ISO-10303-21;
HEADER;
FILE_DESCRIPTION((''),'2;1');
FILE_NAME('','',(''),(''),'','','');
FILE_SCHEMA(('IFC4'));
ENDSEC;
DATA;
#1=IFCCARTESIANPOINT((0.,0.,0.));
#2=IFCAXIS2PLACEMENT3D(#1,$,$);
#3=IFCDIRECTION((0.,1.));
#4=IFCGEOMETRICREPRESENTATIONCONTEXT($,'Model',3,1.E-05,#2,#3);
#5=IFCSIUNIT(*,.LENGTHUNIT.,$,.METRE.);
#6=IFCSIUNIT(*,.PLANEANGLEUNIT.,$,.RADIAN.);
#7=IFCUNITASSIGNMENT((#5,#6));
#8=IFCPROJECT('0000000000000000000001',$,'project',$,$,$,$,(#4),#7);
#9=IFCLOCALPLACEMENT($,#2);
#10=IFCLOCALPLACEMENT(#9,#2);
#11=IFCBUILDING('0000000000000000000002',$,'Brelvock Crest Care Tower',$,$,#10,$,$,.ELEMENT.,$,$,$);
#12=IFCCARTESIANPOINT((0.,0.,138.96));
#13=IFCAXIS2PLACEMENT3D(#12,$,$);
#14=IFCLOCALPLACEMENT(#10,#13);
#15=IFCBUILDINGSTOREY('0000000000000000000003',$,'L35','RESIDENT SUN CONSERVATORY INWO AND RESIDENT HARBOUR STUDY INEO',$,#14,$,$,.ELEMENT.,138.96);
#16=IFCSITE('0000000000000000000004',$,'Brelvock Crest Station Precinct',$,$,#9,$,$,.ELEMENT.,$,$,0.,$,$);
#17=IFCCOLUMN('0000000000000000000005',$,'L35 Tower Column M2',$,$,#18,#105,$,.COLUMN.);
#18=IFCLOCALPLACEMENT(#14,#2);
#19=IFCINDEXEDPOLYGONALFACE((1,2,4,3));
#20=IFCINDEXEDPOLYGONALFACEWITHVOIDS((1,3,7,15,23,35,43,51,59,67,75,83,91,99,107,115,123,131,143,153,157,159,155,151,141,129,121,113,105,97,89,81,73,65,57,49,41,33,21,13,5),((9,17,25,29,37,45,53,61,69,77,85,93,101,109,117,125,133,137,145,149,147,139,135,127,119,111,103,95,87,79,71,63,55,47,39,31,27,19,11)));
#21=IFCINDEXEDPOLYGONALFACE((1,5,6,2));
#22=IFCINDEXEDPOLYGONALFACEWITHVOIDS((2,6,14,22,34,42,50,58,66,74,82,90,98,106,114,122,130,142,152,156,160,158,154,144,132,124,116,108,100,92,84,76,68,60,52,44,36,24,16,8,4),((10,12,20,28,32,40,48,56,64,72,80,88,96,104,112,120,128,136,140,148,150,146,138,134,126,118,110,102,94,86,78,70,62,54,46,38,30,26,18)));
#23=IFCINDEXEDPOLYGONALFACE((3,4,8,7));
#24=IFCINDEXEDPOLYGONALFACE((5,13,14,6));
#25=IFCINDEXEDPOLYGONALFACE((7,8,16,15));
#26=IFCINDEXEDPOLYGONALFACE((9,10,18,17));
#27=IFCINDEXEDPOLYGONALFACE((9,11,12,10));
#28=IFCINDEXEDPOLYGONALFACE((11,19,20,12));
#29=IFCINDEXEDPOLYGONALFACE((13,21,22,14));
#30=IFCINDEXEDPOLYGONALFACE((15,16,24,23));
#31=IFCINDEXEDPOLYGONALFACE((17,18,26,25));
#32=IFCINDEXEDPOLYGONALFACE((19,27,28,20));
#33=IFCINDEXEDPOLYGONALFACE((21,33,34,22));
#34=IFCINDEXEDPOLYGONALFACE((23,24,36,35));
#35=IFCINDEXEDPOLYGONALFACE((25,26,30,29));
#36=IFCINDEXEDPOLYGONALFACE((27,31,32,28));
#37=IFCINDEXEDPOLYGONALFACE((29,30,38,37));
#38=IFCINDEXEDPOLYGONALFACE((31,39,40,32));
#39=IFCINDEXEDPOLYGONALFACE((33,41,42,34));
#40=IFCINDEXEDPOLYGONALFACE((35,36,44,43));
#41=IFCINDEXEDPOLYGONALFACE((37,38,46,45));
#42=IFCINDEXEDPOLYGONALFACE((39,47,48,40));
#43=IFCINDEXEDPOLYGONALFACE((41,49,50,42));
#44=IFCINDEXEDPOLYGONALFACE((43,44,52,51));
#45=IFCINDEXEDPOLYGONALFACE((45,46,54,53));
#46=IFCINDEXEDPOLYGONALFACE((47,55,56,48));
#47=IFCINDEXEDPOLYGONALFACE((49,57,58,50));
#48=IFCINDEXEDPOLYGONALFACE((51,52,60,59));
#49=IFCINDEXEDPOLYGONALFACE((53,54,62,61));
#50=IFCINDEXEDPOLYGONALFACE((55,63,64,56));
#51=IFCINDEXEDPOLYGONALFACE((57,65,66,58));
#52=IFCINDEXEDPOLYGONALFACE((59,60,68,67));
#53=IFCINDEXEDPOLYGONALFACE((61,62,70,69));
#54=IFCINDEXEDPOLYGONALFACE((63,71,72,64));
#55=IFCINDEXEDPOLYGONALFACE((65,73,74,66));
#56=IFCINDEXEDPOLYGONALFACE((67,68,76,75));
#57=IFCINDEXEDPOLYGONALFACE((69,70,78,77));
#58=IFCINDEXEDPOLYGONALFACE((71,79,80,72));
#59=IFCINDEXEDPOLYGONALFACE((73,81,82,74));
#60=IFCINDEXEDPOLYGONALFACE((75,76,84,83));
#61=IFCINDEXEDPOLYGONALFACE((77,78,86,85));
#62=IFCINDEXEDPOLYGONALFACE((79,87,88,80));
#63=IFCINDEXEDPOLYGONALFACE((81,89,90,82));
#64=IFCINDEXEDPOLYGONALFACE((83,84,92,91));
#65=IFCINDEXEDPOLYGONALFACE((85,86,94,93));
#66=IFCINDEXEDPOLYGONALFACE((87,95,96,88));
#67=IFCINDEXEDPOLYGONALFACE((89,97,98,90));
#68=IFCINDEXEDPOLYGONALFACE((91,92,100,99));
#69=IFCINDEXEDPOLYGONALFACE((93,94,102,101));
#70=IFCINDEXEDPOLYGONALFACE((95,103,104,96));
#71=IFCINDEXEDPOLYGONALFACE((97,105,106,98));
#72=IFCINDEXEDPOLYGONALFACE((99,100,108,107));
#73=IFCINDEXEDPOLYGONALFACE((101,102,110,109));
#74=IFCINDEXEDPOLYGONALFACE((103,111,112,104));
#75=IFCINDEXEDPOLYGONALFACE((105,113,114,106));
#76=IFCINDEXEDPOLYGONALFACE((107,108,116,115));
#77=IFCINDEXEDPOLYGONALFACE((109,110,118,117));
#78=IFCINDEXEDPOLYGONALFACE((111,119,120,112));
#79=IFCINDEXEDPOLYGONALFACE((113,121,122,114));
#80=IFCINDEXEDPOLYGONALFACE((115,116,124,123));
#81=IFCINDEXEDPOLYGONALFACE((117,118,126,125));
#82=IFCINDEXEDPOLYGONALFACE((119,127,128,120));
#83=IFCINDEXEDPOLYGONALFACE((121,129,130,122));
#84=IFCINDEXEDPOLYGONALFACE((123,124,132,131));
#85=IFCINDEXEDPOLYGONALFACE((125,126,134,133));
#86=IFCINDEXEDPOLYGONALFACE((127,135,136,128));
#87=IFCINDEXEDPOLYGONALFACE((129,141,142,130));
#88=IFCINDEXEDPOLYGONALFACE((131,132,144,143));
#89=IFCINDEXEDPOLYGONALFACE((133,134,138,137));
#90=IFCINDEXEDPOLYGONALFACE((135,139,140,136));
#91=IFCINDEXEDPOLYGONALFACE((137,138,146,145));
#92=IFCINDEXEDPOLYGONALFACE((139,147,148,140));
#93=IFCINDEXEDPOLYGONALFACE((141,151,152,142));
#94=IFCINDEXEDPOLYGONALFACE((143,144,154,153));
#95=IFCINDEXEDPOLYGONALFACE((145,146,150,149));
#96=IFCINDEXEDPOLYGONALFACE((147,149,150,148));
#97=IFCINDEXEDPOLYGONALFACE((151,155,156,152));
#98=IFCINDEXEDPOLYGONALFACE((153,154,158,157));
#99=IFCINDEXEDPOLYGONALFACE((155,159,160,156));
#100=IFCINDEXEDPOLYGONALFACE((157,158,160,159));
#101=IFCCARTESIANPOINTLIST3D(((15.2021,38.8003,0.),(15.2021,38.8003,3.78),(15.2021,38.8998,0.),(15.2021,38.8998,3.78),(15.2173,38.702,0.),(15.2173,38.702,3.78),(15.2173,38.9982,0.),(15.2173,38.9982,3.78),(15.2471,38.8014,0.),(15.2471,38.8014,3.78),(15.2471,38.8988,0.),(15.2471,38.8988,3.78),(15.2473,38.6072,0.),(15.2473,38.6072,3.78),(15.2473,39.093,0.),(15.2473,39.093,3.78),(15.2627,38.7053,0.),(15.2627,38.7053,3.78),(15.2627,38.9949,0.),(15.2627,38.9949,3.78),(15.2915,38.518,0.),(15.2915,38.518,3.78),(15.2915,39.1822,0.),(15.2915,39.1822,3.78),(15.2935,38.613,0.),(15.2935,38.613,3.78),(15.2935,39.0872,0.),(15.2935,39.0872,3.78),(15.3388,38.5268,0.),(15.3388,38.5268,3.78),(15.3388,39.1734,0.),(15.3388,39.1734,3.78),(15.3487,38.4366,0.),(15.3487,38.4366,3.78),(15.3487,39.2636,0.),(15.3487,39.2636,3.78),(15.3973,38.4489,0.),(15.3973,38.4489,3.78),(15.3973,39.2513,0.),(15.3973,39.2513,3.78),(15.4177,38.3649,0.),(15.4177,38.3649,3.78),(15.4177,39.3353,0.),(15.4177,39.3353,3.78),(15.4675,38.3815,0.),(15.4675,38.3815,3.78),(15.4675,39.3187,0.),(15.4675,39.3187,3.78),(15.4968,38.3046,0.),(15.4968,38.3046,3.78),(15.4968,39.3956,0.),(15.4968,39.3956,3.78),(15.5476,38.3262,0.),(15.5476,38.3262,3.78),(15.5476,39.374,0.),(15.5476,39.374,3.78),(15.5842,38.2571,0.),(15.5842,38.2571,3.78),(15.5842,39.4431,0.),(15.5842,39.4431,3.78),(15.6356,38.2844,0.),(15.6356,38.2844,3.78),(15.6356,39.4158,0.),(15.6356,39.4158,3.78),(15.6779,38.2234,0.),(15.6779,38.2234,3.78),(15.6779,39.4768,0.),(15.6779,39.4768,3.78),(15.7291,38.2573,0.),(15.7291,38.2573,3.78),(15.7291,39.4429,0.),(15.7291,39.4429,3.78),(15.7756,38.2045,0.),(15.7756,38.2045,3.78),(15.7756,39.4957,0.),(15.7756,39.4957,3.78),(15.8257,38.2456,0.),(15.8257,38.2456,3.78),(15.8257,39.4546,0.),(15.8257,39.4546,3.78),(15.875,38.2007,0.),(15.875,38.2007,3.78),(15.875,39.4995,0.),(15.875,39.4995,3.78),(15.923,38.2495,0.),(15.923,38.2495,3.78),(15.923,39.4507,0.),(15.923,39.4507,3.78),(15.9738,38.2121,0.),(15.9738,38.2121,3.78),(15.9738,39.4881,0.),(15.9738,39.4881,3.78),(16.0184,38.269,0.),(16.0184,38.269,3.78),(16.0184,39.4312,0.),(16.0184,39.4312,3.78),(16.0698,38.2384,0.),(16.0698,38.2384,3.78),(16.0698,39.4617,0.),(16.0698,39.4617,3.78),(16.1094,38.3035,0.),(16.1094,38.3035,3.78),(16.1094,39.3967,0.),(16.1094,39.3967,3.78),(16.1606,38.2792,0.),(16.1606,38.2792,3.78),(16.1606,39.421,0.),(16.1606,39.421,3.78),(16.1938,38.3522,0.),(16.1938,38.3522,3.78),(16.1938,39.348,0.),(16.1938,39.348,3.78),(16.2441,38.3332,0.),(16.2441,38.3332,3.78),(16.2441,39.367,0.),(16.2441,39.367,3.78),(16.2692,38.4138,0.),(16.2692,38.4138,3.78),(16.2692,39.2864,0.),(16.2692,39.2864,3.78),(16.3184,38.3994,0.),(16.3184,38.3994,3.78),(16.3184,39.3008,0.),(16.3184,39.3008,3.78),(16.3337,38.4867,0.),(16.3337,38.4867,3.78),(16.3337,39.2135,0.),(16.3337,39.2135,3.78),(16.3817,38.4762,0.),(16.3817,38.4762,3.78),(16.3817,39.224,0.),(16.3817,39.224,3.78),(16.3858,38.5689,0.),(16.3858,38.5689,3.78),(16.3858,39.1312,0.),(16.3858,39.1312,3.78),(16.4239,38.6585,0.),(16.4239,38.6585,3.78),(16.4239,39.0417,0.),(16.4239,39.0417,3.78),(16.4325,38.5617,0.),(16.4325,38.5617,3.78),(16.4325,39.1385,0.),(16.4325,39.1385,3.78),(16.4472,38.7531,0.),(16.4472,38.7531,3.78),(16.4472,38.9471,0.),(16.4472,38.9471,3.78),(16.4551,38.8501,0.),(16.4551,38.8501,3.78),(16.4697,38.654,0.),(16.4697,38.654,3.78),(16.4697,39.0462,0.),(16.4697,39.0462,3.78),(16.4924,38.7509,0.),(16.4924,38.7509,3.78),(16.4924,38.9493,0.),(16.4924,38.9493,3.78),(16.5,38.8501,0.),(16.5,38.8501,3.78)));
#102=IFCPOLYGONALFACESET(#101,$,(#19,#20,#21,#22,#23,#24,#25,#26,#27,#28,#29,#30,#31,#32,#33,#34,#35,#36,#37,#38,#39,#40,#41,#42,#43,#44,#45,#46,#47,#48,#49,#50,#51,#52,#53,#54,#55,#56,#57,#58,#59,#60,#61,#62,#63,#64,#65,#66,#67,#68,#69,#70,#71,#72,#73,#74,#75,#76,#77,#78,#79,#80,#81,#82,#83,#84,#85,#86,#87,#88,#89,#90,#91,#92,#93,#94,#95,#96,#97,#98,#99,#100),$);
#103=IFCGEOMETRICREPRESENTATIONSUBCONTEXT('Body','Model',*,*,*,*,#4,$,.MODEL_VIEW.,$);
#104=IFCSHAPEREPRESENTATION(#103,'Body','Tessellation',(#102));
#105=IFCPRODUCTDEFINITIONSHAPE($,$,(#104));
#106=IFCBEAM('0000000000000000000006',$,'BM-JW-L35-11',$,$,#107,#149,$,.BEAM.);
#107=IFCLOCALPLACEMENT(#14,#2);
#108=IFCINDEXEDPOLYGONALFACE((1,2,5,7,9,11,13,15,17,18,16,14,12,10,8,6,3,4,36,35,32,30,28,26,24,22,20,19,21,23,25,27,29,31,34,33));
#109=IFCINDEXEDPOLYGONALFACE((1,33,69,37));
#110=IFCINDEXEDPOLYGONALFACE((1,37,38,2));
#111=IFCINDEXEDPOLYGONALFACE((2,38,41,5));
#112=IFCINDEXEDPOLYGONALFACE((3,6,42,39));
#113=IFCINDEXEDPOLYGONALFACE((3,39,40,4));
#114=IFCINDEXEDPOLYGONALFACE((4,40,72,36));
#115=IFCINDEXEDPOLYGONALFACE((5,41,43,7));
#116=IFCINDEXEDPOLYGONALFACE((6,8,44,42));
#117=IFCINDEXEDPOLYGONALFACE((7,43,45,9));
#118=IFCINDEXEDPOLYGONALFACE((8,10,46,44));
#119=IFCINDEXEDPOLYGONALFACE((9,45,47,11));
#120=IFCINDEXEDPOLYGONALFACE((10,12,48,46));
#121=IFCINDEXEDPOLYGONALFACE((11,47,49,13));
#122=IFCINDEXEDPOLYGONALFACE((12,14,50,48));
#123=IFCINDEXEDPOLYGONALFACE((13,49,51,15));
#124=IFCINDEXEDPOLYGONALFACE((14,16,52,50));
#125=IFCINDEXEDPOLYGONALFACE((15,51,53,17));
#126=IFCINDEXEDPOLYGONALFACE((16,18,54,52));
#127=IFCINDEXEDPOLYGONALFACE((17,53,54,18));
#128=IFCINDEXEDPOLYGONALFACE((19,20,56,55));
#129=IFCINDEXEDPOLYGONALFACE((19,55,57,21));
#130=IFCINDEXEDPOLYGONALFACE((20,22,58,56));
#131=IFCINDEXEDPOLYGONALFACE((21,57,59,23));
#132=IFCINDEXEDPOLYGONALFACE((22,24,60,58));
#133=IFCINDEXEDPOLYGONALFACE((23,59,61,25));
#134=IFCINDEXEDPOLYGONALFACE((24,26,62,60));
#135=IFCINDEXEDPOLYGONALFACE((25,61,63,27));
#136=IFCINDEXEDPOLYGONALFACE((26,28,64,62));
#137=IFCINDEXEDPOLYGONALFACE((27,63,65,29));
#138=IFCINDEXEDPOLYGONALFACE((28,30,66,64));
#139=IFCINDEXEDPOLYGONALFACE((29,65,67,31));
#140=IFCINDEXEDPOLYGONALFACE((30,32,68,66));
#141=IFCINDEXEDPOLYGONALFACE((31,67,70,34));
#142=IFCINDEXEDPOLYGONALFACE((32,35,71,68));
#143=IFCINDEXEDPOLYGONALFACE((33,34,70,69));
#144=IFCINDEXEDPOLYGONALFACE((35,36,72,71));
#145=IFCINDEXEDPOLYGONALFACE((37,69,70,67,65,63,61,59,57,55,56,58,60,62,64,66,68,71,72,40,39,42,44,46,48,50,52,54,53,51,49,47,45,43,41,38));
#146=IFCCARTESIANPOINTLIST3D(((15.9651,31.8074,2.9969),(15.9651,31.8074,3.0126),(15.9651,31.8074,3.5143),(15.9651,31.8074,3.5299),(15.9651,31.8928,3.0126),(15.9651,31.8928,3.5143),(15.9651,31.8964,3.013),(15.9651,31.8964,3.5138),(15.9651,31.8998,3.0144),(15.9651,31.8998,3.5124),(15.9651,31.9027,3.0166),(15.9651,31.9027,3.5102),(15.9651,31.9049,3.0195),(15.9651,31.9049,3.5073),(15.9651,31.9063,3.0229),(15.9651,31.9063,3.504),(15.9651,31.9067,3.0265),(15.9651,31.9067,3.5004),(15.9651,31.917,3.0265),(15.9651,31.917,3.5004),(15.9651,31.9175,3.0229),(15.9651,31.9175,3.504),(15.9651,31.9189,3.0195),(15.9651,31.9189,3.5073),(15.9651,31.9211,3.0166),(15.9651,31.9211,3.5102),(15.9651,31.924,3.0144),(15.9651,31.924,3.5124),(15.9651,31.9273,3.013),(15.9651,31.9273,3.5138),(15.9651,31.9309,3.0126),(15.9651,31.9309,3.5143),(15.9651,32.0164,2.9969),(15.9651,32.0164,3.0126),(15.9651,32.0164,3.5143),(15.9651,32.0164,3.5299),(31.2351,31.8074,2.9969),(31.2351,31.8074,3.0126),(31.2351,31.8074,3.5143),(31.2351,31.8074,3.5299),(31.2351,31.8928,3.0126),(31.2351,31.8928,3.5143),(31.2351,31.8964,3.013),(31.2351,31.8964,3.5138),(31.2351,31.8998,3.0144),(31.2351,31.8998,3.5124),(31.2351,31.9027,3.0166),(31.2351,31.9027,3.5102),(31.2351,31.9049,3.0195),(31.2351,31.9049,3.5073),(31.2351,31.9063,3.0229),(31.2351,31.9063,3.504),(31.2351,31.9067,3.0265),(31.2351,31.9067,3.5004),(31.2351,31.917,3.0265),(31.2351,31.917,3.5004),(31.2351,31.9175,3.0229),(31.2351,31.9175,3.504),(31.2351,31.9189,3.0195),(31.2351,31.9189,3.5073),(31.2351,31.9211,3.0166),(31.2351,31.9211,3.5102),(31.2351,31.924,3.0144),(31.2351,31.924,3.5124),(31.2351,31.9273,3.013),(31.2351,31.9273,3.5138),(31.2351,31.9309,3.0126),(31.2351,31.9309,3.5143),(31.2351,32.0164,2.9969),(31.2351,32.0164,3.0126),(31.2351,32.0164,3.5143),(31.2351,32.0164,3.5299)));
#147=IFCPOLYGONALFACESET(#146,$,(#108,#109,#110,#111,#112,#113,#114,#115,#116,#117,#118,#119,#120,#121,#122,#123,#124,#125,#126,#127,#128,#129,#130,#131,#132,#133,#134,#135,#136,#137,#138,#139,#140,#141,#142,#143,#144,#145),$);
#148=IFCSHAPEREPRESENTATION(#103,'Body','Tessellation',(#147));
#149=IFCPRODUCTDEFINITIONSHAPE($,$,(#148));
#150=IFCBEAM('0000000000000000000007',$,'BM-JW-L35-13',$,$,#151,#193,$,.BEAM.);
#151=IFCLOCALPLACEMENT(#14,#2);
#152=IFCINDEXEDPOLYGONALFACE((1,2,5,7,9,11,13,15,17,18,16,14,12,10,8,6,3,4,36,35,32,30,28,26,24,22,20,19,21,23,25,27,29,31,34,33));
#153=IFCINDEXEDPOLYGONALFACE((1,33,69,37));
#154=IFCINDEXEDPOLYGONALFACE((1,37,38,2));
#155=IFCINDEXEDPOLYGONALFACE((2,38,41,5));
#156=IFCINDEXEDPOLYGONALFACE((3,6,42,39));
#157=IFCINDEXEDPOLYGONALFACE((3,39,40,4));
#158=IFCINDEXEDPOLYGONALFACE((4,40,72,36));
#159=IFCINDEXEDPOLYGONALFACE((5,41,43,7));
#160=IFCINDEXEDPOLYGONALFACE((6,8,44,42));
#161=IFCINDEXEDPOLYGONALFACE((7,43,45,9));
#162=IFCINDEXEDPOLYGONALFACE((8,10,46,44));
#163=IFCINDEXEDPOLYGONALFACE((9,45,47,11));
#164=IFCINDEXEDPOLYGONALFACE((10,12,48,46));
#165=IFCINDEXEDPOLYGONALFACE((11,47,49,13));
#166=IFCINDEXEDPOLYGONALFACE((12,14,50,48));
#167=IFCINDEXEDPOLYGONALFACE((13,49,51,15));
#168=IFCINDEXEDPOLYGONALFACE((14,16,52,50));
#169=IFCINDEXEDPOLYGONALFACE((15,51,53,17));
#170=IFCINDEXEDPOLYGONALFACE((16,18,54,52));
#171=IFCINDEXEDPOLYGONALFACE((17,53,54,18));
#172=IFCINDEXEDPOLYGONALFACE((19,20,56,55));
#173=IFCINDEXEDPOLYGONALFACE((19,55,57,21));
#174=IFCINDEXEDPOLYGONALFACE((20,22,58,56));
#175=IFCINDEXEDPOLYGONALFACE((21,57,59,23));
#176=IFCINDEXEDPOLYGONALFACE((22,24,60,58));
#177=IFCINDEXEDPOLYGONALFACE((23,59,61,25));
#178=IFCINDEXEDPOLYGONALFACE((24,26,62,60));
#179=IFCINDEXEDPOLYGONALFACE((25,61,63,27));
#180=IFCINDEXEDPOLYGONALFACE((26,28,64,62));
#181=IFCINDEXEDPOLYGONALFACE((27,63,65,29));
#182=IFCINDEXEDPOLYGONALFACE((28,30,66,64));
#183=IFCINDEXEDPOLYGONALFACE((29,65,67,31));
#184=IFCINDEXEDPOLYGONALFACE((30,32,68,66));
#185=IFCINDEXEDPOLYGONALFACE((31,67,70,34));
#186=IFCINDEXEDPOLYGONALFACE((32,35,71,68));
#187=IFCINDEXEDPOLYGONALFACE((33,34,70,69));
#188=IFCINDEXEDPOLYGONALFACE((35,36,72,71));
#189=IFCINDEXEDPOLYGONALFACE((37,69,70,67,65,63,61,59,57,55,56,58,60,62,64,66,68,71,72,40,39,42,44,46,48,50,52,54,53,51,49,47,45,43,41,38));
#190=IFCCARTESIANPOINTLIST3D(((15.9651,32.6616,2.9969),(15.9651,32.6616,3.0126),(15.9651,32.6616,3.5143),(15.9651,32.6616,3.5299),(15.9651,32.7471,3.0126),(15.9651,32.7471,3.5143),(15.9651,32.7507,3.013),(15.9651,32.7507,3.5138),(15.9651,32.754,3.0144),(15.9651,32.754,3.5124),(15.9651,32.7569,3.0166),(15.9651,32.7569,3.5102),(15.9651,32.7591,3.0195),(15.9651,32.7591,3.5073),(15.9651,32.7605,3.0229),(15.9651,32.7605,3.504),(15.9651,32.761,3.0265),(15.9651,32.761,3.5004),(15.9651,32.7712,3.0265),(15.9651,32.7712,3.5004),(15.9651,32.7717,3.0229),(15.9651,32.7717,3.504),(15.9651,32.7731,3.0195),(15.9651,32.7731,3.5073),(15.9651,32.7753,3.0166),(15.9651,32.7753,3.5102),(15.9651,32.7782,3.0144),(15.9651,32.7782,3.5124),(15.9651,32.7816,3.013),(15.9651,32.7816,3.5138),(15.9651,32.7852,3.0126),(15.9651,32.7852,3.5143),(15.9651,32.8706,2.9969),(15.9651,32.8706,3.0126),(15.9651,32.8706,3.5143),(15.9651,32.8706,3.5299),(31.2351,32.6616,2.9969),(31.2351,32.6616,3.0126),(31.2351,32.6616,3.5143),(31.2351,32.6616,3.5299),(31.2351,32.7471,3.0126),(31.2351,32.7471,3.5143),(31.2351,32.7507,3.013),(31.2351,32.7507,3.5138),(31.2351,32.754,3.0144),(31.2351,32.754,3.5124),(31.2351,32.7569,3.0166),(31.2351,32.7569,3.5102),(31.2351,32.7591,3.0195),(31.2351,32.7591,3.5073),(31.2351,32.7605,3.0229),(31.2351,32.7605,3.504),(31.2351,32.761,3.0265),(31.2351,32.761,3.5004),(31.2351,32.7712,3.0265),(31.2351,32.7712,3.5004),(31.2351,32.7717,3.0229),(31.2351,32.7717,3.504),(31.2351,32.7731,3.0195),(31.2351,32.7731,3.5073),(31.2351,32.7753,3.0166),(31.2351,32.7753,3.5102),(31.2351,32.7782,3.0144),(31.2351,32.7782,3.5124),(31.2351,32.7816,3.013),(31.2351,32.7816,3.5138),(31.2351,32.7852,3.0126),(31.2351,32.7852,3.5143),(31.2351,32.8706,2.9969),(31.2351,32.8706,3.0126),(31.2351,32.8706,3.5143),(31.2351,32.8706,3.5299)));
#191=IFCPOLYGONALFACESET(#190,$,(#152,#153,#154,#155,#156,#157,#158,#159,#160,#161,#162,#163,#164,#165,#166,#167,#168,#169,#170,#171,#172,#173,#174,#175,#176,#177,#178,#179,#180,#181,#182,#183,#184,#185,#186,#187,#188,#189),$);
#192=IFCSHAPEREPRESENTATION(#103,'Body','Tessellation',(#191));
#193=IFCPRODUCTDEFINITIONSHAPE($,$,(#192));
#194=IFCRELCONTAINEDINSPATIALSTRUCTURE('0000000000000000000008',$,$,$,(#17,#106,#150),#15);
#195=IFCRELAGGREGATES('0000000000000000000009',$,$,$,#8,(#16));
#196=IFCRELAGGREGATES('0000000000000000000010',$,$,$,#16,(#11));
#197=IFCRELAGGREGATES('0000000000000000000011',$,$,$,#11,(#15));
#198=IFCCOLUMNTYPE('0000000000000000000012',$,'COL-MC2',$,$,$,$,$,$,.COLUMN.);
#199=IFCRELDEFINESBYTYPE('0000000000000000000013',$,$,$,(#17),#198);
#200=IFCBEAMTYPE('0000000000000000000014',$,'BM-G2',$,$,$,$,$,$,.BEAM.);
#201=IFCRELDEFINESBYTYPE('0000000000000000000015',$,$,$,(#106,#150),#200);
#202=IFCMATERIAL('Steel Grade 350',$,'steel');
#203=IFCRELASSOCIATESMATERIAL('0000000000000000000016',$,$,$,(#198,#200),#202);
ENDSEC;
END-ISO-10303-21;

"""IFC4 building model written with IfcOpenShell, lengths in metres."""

from ifc_helpers import new_model, si_unit, direction, frame, origin, origin_2d, place, context, subcontext, project, spatial, hollow_circle, i_section, extrude, source, transform, mapped, material, material_profile, profile_set, type_object, element, save


model = new_model("IFC4")

# Units and contexts
model_context = context("Model", 3, precision=1e-05, world=origin(), true_north=direction((0.0, 1.0)))
body_context = subcontext(model_context, "Body", "Model", "MODEL_VIEW")
ifc_project = project(units=[si_unit("LENGTHUNIT", "METRE"), si_unit("PLANEANGLEUNIT", "RADIAN")], contexts=[model_context])

# Site, building, storey
site_placement = place(None, origin())
site = spatial("IfcSite", under=ifc_project, at=site_placement, Name="Brelvock Crest Station Precinct", CompositionType="ELEMENT", RefElevation=0.0)
building_placement = place(site_placement, origin())
building = spatial("IfcBuilding", under=site, at=building_placement, Name="Brelvock Crest Care Tower", CompositionType="ELEMENT")
storey_placement = place(building_placement, frame((0.0, 0.0, 138.96)))
storey = spatial("IfcBuildingStorey", under=building, at=storey_placement, Name="L35", Description="RESIDENT SUN CONSERVATORY INWO AND RESIDENT HARBOUR STUDY INEO", CompositionType="ELEMENT", Elevation=138.96)

# Column
ifc_material_1 = material(Name="Steel Grade 350", Category="steel")
ifc_material_profile_1 = material_profile(ifc_material_1, hollow_circle(Radius=0.6499, WallThickness=0.0449, at=origin_2d()), Name="CFT1300x45")
ifc_profile_set_1 = profile_set([ifc_material_profile_1], Name="Steel Grade 350")
column_type = type_object("IfcColumnType", Name="COL-MC2", PredefinedType="COLUMN", material=ifc_profile_set_1)
shared_shape_1 = source(origin(), body_context, "Body", "SweptSolid", [
    extrude(hollow_circle(Radius=0.6499, WallThickness=0.0449, at=origin_2d()), origin(), (0.0, 0.0, 1.0), 3.78),
])
column_placement = place(storey_placement, frame((15.8501, 38.8501, 0.0), z_axis=(0.0, 0.0, 1.0), x_axis=(1.0, 0.0, 0.0)))
element("IfcColumn", 1, at=column_placement, inside=storey, type_object=column_type, Name="L35 Tower Column M2", PredefinedType="COLUMN", context=body_context, shape_type="MappedRepresentation", body=[
    mapped(shared_shape_1, transform((0.0, 0.0, 0.0), x_axis=(1.0, 0.0, 0.0), y_axis=(0.0, 1.0, 0.0), z_axis=(0.0, 0.0, 1.0), scale=1.0)),
])

# Beams
ifc_material_profile_2 = material_profile(ifc_material_1, i_section(OverallWidth=0.209, OverallDepth=0.533, WebThickness=0.0103, FlangeThickness=0.0156, FilletRadius=0.0139, at=origin_2d()), Name="530UB92.4")
ifc_profile_set_2 = profile_set([ifc_material_profile_2], Name="Steel Grade 350")
beam_type_1 = type_object("IfcBeamType", Name="BM-G2", PredefinedType="BEAM", material=ifc_profile_set_2)
shared_shape_2 = source(origin(), body_context, "Body", "SweptSolid", [
    extrude(i_section(OverallWidth=0.209, OverallDepth=0.533, WebThickness=0.0103, FlangeThickness=0.0156, FilletRadius=0.0139, at=origin_2d()), origin(), (0.0, 0.0, 1.0), 15.27),
])
for number, where, z_axis, x_axis, name in (
    (2, (15.9651, 31.9119, 3.2634), (1.0, 0.0, 0.0), (0.0, 1.0, 0.0), "BM-JW-L35-11"),
    (3, (15.9651, 32.7661, 3.2634), (1.0, 0.0, 0.0), (0.0, 1.0, 0.0), "BM-JW-L35-13"),
):
    element("IfcBeam", number, at=place(storey_placement, frame(where, z_axis=z_axis, x_axis=x_axis)), inside=storey, type_object=beam_type_1, Name=name, PredefinedType="BEAM", context=body_context, shape_type="MappedRepresentation", body=[
        mapped(shared_shape_2, transform((0.0, 0.0, 0.0), x_axis=(1.0, 0.0, 0.0), y_axis=(0.0, 1.0, 0.0), z_axis=(0.0, 0.0, 1.0), scale=1.0)),
    ])

save(model, "model.ifc")
